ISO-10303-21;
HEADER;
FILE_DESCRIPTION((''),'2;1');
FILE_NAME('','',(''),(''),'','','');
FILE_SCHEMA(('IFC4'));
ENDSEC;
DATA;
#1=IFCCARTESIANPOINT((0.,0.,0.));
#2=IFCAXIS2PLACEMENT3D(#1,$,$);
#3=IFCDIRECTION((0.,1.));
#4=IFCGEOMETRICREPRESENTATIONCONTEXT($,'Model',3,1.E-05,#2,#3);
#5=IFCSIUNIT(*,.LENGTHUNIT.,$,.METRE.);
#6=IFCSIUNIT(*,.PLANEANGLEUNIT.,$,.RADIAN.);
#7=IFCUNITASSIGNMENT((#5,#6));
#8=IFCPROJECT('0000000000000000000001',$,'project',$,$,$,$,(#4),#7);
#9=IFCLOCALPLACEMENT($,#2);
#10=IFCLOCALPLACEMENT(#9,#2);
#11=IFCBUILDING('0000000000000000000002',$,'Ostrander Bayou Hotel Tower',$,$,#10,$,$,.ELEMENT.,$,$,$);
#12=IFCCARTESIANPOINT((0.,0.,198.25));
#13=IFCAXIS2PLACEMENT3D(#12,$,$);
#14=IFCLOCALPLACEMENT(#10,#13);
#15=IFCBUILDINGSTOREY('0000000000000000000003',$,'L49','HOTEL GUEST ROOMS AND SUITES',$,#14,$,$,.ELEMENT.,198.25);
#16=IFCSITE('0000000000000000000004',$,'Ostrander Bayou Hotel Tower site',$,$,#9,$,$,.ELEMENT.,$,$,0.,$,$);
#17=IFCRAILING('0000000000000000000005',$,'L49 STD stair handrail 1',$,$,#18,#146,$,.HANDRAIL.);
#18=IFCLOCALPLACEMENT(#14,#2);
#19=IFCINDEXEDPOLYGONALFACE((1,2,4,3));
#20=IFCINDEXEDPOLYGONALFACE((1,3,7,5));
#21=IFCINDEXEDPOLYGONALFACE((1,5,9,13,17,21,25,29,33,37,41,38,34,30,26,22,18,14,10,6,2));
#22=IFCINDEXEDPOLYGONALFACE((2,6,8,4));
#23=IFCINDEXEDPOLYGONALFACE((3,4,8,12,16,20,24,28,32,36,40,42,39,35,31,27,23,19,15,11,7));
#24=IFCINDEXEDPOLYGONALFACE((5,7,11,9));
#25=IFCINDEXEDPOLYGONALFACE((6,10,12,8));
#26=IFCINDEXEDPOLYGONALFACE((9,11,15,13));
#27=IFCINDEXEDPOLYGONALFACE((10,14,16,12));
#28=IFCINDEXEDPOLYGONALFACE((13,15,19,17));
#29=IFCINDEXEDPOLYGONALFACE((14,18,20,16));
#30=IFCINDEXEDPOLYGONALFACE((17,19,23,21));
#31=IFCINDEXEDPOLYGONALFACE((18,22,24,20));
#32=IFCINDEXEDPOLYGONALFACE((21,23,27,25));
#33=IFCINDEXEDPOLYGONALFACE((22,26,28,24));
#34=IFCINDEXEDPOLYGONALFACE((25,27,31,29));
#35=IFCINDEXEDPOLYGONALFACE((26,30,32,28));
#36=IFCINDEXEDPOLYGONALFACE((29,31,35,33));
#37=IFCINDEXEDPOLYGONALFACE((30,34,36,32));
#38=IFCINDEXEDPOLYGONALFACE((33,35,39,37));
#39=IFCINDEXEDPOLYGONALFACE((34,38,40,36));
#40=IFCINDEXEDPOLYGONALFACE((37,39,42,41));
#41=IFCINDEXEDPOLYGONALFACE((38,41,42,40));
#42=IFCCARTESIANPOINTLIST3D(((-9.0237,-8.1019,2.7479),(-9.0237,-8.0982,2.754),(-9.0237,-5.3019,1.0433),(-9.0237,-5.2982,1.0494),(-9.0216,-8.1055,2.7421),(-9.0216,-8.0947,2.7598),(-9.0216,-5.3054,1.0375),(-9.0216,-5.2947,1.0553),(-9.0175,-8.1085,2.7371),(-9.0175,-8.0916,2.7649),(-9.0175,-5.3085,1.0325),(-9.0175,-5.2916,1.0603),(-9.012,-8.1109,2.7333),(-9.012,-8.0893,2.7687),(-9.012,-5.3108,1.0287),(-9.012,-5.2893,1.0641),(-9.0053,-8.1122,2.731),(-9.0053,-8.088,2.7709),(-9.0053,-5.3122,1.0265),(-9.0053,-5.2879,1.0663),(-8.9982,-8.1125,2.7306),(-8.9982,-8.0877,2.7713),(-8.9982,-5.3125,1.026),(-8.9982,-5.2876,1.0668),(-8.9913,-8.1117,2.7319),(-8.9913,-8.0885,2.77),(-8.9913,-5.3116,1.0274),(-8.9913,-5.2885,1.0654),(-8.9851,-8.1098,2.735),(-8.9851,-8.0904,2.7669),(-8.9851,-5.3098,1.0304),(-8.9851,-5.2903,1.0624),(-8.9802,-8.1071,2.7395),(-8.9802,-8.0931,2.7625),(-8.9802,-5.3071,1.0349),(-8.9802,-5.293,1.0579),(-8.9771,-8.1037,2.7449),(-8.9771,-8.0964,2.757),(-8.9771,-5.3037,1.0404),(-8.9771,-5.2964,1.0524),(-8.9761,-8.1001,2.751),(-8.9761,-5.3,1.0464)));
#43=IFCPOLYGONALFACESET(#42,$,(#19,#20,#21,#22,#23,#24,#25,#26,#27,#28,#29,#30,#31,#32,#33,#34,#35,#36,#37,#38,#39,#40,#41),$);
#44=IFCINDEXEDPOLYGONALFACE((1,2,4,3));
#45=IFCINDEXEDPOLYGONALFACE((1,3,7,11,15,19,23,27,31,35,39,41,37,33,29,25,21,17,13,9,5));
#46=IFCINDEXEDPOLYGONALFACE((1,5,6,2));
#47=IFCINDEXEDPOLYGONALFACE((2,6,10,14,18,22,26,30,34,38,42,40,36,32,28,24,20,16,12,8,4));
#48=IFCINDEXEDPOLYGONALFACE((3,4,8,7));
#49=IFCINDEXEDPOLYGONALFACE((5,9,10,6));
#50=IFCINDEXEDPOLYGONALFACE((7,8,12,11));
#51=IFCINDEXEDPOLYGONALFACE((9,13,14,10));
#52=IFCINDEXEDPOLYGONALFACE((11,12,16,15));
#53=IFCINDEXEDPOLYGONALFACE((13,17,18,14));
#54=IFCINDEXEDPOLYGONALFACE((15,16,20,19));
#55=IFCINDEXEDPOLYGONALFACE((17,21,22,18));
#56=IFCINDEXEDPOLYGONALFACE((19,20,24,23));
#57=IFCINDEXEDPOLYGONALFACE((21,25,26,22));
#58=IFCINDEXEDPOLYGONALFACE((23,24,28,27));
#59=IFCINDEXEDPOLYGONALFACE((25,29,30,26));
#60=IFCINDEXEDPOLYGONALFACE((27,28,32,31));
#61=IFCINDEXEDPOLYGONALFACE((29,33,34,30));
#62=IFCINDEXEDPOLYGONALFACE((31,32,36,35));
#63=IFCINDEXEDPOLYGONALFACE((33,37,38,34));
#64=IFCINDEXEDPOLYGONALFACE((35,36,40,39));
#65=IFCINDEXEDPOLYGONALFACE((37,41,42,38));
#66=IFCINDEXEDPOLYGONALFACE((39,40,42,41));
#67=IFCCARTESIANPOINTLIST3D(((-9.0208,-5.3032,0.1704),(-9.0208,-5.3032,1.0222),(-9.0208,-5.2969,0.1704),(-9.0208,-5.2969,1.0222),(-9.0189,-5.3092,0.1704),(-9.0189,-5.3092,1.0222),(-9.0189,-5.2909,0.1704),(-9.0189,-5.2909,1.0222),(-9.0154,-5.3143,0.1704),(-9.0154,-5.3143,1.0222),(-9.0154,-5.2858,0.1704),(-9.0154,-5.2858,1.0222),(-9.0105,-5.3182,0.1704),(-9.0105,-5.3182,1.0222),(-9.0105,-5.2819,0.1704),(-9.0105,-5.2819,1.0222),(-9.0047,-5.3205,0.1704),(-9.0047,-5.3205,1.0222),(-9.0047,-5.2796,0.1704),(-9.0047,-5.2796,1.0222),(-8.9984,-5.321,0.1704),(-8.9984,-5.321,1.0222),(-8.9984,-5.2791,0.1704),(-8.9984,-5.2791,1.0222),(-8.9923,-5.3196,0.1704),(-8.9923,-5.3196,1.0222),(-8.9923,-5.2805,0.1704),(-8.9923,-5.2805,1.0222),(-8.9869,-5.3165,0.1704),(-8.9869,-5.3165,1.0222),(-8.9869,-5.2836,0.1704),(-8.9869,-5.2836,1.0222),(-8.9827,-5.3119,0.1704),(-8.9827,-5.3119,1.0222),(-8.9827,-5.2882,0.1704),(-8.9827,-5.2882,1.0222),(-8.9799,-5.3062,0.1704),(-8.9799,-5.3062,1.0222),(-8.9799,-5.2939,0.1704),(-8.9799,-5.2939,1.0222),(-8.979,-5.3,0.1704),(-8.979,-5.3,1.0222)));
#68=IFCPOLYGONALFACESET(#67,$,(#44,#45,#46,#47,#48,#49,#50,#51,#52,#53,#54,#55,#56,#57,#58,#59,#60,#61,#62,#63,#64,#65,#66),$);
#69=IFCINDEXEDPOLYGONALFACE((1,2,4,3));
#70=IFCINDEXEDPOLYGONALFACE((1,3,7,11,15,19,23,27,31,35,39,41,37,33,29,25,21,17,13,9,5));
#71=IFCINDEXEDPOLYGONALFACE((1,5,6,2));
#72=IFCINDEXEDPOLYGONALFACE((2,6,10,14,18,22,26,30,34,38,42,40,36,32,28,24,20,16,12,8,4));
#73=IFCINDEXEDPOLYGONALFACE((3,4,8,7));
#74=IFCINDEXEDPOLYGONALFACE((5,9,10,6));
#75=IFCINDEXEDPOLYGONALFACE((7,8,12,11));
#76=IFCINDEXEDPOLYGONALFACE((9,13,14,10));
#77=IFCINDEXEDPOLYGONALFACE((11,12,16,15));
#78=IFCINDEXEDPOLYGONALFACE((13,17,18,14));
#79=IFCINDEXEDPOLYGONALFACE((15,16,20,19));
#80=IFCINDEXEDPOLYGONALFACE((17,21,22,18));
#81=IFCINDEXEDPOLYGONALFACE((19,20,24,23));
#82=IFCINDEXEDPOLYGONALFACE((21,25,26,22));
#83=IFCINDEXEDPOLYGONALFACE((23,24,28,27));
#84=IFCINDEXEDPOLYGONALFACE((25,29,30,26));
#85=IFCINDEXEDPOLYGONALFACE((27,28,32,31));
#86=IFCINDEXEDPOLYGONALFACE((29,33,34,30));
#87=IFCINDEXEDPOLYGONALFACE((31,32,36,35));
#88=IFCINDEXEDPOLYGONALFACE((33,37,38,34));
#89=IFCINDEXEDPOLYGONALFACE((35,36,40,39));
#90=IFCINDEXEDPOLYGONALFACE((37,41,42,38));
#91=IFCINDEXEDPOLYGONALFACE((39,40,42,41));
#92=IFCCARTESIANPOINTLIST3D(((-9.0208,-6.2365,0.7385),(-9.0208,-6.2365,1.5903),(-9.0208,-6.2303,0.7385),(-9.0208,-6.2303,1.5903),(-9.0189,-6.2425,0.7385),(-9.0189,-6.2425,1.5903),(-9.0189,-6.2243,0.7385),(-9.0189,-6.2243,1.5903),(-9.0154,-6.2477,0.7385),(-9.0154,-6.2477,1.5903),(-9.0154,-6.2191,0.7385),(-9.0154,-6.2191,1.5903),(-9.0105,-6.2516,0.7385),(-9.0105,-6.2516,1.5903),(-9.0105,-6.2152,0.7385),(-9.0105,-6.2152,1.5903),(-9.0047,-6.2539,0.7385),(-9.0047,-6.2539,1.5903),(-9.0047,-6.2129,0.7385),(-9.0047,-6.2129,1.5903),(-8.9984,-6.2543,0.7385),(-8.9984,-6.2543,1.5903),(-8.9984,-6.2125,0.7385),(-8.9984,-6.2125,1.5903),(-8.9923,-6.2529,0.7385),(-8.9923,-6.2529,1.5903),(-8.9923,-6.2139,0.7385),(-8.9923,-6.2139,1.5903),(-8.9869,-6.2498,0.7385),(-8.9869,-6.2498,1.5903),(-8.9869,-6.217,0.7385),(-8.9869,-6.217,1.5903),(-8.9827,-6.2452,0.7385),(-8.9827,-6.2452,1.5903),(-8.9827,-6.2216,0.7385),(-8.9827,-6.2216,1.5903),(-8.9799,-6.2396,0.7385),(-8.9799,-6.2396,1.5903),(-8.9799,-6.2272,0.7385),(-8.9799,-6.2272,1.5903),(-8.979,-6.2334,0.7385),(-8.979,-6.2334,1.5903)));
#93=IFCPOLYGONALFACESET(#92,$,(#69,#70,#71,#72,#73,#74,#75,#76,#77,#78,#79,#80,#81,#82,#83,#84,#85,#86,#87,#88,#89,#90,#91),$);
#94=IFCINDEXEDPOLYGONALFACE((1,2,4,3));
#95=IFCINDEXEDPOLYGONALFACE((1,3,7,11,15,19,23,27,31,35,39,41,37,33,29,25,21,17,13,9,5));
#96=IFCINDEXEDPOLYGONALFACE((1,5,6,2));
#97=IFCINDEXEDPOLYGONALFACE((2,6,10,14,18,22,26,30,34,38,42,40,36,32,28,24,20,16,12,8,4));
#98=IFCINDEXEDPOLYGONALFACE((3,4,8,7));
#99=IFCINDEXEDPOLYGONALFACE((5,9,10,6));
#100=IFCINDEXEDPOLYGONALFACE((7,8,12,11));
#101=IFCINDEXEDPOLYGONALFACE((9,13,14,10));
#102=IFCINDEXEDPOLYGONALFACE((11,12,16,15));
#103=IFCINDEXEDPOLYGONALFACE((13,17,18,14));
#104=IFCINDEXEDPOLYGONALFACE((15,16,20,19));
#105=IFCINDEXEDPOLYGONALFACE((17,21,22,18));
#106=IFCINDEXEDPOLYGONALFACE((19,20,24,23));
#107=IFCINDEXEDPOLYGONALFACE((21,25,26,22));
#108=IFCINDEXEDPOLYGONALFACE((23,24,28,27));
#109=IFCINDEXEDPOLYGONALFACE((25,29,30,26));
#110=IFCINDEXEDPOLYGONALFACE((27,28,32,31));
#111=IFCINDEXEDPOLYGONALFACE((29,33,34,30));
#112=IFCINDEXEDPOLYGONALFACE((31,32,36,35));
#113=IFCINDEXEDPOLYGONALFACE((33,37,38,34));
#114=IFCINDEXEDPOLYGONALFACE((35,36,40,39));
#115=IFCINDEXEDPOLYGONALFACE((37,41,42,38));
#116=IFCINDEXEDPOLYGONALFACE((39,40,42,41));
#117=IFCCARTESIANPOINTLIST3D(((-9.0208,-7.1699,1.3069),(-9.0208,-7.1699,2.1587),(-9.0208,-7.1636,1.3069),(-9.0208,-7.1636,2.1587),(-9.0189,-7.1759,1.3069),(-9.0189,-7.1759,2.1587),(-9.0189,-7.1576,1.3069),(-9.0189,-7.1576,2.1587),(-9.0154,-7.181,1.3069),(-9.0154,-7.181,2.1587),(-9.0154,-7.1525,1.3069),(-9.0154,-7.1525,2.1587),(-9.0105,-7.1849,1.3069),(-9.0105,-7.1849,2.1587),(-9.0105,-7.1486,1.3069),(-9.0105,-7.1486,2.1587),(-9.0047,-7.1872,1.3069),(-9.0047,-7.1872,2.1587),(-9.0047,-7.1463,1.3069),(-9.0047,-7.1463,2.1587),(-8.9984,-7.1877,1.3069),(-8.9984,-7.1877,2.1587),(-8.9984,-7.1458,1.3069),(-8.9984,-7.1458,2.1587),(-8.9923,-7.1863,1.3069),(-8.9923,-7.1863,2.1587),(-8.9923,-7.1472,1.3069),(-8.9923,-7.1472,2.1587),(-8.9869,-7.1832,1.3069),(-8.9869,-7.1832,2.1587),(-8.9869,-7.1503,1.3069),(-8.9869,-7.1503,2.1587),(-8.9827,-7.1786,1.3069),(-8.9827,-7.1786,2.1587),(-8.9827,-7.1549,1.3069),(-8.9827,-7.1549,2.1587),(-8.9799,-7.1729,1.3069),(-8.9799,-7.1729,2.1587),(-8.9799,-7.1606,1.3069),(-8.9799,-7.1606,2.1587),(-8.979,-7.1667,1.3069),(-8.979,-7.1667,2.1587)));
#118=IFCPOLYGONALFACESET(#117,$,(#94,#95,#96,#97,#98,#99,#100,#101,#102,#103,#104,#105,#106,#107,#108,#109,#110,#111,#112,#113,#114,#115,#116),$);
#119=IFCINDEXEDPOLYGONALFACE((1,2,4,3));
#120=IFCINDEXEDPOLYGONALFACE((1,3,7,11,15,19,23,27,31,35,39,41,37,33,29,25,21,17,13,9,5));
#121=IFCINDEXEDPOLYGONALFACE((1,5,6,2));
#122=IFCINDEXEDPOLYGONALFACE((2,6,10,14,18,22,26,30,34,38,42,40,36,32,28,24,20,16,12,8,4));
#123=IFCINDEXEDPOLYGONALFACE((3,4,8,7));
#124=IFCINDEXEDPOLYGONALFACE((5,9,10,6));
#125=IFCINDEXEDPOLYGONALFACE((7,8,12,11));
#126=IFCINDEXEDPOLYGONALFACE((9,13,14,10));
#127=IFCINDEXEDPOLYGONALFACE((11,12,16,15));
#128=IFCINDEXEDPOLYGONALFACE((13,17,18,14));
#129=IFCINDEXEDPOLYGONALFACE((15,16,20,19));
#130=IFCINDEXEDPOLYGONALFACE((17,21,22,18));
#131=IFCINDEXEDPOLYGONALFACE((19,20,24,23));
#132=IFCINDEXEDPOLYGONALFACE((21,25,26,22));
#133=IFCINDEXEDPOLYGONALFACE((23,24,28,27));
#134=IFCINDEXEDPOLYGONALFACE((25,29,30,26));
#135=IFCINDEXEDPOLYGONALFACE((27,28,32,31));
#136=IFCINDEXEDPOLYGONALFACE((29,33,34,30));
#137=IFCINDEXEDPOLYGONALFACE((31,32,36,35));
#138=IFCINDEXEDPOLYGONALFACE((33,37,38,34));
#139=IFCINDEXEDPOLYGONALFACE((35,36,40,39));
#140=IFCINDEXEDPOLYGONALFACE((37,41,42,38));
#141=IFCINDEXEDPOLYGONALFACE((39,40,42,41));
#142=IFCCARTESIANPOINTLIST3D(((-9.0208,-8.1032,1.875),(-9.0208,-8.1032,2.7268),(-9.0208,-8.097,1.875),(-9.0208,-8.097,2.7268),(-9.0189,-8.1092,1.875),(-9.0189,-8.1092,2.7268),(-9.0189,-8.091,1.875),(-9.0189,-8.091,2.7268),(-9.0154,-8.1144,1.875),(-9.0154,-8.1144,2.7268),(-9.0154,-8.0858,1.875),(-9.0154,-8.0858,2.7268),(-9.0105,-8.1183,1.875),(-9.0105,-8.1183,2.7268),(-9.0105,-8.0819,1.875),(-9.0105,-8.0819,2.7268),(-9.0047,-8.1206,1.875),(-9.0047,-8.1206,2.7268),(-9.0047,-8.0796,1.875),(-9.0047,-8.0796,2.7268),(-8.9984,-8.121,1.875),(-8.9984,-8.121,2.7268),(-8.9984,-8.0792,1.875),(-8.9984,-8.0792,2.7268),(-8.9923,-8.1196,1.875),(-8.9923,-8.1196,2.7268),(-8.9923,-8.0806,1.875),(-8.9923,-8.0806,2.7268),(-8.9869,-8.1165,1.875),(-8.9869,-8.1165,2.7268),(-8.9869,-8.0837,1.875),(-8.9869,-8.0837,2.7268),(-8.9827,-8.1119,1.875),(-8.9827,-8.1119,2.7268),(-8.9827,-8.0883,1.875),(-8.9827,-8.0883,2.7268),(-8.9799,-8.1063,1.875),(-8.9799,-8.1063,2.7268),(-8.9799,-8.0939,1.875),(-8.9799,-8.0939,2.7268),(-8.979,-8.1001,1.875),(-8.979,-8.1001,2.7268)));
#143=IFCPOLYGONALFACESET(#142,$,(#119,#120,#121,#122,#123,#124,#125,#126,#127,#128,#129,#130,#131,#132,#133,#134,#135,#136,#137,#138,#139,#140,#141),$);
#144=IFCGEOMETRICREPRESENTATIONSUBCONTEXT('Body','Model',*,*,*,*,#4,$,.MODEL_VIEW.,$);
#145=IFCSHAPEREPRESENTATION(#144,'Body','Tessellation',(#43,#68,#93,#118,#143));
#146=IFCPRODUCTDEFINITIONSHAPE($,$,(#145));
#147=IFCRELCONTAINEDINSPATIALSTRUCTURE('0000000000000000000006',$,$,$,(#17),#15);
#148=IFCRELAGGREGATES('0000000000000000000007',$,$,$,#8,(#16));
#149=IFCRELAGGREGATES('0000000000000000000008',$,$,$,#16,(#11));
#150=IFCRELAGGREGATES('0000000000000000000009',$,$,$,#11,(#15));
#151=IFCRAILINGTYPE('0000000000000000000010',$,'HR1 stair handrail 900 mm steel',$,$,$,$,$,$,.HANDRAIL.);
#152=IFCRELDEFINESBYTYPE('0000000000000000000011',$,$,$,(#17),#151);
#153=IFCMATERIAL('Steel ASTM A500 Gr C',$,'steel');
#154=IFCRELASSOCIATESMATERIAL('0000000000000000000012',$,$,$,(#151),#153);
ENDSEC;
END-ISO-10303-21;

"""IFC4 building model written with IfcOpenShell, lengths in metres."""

from ifc_helpers import new_model, si_unit, direction, frame, origin, origin_2d, place, context, subcontext, project, spatial, circle, extrude, material, type_object, element, save


model = new_model("IFC4")

# Units and contexts
model_context = context("Model", 3, precision=1e-05, world=origin(), true_north=direction((0.0, 1.0)))
body_context = subcontext(model_context, "Body", "Model", "MODEL_VIEW")
ifc_project = project(units=[si_unit("LENGTHUNIT", "METRE"), si_unit("PLANEANGLEUNIT", "RADIAN")], contexts=[model_context])

# Site, building, storey
site_placement = place(None, origin())
site = spatial("IfcSite", under=ifc_project, at=site_placement, Name="Ostrander Bayou Hotel Tower site", CompositionType="ELEMENT", RefElevation=0.0)
building_placement = place(site_placement, origin())
building = spatial("IfcBuilding", under=site, at=building_placement, Name="Ostrander Bayou Hotel Tower", CompositionType="ELEMENT")
storey_placement = place(building_placement, frame((0.0, 0.0, 198.25)))
storey = spatial("IfcBuildingStorey", under=building, at=storey_placement, Name="L49", Description="HOTEL GUEST ROOMS AND SUITES", CompositionType="ELEMENT", Elevation=198.25)

# Railing
ifc_material_1 = material(Name="Steel ASTM A500 Gr C", Category="steel")
railing_type_1 = type_object("IfcRailingType", Name="HR1 stair handrail 900 mm steel", PredefinedType="HANDRAIL", material=ifc_material_1)
railing_1_placement = place(storey_placement, frame((-9.0, -5.3, 0.1704)))
element("IfcRailing", 1, at=railing_1_placement, inside=storey, type_object=railing_type_1, Name="L49 STD stair handrail 1", PredefinedType="HANDRAIL", context=body_context, shape_type="SweptSolid", body=[
    extrude(circle(Radius=0.0239, at=origin_2d()), frame((0.0, 0.0, 0.876), z_axis=(0.0, -0.85417, 0.519994), x_axis=(1.0, 0.0, 0.0)), (0.0, 0.0, 1.0), 3.2781),
    extrude(circle(Radius=0.021, at=origin_2d()), origin(), (0.0, 0.0, 1.0), 0.8518),
    extrude(circle(Radius=0.021, at=origin_2d()), frame((0.0, -0.9333, 0.5681)), (0.0, 0.0, 1.0), 0.8518),
    extrude(circle(Radius=0.021, at=origin_2d()), frame((0.0, -1.8667, 1.1365)), (0.0, 0.0, 1.0), 0.8518),
    extrude(circle(Radius=0.021, at=origin_2d()), frame((0.0, -2.8, 1.7046)), (0.0, 0.0, 1.0), 0.8518),
])

save(model, "model.ifc")
